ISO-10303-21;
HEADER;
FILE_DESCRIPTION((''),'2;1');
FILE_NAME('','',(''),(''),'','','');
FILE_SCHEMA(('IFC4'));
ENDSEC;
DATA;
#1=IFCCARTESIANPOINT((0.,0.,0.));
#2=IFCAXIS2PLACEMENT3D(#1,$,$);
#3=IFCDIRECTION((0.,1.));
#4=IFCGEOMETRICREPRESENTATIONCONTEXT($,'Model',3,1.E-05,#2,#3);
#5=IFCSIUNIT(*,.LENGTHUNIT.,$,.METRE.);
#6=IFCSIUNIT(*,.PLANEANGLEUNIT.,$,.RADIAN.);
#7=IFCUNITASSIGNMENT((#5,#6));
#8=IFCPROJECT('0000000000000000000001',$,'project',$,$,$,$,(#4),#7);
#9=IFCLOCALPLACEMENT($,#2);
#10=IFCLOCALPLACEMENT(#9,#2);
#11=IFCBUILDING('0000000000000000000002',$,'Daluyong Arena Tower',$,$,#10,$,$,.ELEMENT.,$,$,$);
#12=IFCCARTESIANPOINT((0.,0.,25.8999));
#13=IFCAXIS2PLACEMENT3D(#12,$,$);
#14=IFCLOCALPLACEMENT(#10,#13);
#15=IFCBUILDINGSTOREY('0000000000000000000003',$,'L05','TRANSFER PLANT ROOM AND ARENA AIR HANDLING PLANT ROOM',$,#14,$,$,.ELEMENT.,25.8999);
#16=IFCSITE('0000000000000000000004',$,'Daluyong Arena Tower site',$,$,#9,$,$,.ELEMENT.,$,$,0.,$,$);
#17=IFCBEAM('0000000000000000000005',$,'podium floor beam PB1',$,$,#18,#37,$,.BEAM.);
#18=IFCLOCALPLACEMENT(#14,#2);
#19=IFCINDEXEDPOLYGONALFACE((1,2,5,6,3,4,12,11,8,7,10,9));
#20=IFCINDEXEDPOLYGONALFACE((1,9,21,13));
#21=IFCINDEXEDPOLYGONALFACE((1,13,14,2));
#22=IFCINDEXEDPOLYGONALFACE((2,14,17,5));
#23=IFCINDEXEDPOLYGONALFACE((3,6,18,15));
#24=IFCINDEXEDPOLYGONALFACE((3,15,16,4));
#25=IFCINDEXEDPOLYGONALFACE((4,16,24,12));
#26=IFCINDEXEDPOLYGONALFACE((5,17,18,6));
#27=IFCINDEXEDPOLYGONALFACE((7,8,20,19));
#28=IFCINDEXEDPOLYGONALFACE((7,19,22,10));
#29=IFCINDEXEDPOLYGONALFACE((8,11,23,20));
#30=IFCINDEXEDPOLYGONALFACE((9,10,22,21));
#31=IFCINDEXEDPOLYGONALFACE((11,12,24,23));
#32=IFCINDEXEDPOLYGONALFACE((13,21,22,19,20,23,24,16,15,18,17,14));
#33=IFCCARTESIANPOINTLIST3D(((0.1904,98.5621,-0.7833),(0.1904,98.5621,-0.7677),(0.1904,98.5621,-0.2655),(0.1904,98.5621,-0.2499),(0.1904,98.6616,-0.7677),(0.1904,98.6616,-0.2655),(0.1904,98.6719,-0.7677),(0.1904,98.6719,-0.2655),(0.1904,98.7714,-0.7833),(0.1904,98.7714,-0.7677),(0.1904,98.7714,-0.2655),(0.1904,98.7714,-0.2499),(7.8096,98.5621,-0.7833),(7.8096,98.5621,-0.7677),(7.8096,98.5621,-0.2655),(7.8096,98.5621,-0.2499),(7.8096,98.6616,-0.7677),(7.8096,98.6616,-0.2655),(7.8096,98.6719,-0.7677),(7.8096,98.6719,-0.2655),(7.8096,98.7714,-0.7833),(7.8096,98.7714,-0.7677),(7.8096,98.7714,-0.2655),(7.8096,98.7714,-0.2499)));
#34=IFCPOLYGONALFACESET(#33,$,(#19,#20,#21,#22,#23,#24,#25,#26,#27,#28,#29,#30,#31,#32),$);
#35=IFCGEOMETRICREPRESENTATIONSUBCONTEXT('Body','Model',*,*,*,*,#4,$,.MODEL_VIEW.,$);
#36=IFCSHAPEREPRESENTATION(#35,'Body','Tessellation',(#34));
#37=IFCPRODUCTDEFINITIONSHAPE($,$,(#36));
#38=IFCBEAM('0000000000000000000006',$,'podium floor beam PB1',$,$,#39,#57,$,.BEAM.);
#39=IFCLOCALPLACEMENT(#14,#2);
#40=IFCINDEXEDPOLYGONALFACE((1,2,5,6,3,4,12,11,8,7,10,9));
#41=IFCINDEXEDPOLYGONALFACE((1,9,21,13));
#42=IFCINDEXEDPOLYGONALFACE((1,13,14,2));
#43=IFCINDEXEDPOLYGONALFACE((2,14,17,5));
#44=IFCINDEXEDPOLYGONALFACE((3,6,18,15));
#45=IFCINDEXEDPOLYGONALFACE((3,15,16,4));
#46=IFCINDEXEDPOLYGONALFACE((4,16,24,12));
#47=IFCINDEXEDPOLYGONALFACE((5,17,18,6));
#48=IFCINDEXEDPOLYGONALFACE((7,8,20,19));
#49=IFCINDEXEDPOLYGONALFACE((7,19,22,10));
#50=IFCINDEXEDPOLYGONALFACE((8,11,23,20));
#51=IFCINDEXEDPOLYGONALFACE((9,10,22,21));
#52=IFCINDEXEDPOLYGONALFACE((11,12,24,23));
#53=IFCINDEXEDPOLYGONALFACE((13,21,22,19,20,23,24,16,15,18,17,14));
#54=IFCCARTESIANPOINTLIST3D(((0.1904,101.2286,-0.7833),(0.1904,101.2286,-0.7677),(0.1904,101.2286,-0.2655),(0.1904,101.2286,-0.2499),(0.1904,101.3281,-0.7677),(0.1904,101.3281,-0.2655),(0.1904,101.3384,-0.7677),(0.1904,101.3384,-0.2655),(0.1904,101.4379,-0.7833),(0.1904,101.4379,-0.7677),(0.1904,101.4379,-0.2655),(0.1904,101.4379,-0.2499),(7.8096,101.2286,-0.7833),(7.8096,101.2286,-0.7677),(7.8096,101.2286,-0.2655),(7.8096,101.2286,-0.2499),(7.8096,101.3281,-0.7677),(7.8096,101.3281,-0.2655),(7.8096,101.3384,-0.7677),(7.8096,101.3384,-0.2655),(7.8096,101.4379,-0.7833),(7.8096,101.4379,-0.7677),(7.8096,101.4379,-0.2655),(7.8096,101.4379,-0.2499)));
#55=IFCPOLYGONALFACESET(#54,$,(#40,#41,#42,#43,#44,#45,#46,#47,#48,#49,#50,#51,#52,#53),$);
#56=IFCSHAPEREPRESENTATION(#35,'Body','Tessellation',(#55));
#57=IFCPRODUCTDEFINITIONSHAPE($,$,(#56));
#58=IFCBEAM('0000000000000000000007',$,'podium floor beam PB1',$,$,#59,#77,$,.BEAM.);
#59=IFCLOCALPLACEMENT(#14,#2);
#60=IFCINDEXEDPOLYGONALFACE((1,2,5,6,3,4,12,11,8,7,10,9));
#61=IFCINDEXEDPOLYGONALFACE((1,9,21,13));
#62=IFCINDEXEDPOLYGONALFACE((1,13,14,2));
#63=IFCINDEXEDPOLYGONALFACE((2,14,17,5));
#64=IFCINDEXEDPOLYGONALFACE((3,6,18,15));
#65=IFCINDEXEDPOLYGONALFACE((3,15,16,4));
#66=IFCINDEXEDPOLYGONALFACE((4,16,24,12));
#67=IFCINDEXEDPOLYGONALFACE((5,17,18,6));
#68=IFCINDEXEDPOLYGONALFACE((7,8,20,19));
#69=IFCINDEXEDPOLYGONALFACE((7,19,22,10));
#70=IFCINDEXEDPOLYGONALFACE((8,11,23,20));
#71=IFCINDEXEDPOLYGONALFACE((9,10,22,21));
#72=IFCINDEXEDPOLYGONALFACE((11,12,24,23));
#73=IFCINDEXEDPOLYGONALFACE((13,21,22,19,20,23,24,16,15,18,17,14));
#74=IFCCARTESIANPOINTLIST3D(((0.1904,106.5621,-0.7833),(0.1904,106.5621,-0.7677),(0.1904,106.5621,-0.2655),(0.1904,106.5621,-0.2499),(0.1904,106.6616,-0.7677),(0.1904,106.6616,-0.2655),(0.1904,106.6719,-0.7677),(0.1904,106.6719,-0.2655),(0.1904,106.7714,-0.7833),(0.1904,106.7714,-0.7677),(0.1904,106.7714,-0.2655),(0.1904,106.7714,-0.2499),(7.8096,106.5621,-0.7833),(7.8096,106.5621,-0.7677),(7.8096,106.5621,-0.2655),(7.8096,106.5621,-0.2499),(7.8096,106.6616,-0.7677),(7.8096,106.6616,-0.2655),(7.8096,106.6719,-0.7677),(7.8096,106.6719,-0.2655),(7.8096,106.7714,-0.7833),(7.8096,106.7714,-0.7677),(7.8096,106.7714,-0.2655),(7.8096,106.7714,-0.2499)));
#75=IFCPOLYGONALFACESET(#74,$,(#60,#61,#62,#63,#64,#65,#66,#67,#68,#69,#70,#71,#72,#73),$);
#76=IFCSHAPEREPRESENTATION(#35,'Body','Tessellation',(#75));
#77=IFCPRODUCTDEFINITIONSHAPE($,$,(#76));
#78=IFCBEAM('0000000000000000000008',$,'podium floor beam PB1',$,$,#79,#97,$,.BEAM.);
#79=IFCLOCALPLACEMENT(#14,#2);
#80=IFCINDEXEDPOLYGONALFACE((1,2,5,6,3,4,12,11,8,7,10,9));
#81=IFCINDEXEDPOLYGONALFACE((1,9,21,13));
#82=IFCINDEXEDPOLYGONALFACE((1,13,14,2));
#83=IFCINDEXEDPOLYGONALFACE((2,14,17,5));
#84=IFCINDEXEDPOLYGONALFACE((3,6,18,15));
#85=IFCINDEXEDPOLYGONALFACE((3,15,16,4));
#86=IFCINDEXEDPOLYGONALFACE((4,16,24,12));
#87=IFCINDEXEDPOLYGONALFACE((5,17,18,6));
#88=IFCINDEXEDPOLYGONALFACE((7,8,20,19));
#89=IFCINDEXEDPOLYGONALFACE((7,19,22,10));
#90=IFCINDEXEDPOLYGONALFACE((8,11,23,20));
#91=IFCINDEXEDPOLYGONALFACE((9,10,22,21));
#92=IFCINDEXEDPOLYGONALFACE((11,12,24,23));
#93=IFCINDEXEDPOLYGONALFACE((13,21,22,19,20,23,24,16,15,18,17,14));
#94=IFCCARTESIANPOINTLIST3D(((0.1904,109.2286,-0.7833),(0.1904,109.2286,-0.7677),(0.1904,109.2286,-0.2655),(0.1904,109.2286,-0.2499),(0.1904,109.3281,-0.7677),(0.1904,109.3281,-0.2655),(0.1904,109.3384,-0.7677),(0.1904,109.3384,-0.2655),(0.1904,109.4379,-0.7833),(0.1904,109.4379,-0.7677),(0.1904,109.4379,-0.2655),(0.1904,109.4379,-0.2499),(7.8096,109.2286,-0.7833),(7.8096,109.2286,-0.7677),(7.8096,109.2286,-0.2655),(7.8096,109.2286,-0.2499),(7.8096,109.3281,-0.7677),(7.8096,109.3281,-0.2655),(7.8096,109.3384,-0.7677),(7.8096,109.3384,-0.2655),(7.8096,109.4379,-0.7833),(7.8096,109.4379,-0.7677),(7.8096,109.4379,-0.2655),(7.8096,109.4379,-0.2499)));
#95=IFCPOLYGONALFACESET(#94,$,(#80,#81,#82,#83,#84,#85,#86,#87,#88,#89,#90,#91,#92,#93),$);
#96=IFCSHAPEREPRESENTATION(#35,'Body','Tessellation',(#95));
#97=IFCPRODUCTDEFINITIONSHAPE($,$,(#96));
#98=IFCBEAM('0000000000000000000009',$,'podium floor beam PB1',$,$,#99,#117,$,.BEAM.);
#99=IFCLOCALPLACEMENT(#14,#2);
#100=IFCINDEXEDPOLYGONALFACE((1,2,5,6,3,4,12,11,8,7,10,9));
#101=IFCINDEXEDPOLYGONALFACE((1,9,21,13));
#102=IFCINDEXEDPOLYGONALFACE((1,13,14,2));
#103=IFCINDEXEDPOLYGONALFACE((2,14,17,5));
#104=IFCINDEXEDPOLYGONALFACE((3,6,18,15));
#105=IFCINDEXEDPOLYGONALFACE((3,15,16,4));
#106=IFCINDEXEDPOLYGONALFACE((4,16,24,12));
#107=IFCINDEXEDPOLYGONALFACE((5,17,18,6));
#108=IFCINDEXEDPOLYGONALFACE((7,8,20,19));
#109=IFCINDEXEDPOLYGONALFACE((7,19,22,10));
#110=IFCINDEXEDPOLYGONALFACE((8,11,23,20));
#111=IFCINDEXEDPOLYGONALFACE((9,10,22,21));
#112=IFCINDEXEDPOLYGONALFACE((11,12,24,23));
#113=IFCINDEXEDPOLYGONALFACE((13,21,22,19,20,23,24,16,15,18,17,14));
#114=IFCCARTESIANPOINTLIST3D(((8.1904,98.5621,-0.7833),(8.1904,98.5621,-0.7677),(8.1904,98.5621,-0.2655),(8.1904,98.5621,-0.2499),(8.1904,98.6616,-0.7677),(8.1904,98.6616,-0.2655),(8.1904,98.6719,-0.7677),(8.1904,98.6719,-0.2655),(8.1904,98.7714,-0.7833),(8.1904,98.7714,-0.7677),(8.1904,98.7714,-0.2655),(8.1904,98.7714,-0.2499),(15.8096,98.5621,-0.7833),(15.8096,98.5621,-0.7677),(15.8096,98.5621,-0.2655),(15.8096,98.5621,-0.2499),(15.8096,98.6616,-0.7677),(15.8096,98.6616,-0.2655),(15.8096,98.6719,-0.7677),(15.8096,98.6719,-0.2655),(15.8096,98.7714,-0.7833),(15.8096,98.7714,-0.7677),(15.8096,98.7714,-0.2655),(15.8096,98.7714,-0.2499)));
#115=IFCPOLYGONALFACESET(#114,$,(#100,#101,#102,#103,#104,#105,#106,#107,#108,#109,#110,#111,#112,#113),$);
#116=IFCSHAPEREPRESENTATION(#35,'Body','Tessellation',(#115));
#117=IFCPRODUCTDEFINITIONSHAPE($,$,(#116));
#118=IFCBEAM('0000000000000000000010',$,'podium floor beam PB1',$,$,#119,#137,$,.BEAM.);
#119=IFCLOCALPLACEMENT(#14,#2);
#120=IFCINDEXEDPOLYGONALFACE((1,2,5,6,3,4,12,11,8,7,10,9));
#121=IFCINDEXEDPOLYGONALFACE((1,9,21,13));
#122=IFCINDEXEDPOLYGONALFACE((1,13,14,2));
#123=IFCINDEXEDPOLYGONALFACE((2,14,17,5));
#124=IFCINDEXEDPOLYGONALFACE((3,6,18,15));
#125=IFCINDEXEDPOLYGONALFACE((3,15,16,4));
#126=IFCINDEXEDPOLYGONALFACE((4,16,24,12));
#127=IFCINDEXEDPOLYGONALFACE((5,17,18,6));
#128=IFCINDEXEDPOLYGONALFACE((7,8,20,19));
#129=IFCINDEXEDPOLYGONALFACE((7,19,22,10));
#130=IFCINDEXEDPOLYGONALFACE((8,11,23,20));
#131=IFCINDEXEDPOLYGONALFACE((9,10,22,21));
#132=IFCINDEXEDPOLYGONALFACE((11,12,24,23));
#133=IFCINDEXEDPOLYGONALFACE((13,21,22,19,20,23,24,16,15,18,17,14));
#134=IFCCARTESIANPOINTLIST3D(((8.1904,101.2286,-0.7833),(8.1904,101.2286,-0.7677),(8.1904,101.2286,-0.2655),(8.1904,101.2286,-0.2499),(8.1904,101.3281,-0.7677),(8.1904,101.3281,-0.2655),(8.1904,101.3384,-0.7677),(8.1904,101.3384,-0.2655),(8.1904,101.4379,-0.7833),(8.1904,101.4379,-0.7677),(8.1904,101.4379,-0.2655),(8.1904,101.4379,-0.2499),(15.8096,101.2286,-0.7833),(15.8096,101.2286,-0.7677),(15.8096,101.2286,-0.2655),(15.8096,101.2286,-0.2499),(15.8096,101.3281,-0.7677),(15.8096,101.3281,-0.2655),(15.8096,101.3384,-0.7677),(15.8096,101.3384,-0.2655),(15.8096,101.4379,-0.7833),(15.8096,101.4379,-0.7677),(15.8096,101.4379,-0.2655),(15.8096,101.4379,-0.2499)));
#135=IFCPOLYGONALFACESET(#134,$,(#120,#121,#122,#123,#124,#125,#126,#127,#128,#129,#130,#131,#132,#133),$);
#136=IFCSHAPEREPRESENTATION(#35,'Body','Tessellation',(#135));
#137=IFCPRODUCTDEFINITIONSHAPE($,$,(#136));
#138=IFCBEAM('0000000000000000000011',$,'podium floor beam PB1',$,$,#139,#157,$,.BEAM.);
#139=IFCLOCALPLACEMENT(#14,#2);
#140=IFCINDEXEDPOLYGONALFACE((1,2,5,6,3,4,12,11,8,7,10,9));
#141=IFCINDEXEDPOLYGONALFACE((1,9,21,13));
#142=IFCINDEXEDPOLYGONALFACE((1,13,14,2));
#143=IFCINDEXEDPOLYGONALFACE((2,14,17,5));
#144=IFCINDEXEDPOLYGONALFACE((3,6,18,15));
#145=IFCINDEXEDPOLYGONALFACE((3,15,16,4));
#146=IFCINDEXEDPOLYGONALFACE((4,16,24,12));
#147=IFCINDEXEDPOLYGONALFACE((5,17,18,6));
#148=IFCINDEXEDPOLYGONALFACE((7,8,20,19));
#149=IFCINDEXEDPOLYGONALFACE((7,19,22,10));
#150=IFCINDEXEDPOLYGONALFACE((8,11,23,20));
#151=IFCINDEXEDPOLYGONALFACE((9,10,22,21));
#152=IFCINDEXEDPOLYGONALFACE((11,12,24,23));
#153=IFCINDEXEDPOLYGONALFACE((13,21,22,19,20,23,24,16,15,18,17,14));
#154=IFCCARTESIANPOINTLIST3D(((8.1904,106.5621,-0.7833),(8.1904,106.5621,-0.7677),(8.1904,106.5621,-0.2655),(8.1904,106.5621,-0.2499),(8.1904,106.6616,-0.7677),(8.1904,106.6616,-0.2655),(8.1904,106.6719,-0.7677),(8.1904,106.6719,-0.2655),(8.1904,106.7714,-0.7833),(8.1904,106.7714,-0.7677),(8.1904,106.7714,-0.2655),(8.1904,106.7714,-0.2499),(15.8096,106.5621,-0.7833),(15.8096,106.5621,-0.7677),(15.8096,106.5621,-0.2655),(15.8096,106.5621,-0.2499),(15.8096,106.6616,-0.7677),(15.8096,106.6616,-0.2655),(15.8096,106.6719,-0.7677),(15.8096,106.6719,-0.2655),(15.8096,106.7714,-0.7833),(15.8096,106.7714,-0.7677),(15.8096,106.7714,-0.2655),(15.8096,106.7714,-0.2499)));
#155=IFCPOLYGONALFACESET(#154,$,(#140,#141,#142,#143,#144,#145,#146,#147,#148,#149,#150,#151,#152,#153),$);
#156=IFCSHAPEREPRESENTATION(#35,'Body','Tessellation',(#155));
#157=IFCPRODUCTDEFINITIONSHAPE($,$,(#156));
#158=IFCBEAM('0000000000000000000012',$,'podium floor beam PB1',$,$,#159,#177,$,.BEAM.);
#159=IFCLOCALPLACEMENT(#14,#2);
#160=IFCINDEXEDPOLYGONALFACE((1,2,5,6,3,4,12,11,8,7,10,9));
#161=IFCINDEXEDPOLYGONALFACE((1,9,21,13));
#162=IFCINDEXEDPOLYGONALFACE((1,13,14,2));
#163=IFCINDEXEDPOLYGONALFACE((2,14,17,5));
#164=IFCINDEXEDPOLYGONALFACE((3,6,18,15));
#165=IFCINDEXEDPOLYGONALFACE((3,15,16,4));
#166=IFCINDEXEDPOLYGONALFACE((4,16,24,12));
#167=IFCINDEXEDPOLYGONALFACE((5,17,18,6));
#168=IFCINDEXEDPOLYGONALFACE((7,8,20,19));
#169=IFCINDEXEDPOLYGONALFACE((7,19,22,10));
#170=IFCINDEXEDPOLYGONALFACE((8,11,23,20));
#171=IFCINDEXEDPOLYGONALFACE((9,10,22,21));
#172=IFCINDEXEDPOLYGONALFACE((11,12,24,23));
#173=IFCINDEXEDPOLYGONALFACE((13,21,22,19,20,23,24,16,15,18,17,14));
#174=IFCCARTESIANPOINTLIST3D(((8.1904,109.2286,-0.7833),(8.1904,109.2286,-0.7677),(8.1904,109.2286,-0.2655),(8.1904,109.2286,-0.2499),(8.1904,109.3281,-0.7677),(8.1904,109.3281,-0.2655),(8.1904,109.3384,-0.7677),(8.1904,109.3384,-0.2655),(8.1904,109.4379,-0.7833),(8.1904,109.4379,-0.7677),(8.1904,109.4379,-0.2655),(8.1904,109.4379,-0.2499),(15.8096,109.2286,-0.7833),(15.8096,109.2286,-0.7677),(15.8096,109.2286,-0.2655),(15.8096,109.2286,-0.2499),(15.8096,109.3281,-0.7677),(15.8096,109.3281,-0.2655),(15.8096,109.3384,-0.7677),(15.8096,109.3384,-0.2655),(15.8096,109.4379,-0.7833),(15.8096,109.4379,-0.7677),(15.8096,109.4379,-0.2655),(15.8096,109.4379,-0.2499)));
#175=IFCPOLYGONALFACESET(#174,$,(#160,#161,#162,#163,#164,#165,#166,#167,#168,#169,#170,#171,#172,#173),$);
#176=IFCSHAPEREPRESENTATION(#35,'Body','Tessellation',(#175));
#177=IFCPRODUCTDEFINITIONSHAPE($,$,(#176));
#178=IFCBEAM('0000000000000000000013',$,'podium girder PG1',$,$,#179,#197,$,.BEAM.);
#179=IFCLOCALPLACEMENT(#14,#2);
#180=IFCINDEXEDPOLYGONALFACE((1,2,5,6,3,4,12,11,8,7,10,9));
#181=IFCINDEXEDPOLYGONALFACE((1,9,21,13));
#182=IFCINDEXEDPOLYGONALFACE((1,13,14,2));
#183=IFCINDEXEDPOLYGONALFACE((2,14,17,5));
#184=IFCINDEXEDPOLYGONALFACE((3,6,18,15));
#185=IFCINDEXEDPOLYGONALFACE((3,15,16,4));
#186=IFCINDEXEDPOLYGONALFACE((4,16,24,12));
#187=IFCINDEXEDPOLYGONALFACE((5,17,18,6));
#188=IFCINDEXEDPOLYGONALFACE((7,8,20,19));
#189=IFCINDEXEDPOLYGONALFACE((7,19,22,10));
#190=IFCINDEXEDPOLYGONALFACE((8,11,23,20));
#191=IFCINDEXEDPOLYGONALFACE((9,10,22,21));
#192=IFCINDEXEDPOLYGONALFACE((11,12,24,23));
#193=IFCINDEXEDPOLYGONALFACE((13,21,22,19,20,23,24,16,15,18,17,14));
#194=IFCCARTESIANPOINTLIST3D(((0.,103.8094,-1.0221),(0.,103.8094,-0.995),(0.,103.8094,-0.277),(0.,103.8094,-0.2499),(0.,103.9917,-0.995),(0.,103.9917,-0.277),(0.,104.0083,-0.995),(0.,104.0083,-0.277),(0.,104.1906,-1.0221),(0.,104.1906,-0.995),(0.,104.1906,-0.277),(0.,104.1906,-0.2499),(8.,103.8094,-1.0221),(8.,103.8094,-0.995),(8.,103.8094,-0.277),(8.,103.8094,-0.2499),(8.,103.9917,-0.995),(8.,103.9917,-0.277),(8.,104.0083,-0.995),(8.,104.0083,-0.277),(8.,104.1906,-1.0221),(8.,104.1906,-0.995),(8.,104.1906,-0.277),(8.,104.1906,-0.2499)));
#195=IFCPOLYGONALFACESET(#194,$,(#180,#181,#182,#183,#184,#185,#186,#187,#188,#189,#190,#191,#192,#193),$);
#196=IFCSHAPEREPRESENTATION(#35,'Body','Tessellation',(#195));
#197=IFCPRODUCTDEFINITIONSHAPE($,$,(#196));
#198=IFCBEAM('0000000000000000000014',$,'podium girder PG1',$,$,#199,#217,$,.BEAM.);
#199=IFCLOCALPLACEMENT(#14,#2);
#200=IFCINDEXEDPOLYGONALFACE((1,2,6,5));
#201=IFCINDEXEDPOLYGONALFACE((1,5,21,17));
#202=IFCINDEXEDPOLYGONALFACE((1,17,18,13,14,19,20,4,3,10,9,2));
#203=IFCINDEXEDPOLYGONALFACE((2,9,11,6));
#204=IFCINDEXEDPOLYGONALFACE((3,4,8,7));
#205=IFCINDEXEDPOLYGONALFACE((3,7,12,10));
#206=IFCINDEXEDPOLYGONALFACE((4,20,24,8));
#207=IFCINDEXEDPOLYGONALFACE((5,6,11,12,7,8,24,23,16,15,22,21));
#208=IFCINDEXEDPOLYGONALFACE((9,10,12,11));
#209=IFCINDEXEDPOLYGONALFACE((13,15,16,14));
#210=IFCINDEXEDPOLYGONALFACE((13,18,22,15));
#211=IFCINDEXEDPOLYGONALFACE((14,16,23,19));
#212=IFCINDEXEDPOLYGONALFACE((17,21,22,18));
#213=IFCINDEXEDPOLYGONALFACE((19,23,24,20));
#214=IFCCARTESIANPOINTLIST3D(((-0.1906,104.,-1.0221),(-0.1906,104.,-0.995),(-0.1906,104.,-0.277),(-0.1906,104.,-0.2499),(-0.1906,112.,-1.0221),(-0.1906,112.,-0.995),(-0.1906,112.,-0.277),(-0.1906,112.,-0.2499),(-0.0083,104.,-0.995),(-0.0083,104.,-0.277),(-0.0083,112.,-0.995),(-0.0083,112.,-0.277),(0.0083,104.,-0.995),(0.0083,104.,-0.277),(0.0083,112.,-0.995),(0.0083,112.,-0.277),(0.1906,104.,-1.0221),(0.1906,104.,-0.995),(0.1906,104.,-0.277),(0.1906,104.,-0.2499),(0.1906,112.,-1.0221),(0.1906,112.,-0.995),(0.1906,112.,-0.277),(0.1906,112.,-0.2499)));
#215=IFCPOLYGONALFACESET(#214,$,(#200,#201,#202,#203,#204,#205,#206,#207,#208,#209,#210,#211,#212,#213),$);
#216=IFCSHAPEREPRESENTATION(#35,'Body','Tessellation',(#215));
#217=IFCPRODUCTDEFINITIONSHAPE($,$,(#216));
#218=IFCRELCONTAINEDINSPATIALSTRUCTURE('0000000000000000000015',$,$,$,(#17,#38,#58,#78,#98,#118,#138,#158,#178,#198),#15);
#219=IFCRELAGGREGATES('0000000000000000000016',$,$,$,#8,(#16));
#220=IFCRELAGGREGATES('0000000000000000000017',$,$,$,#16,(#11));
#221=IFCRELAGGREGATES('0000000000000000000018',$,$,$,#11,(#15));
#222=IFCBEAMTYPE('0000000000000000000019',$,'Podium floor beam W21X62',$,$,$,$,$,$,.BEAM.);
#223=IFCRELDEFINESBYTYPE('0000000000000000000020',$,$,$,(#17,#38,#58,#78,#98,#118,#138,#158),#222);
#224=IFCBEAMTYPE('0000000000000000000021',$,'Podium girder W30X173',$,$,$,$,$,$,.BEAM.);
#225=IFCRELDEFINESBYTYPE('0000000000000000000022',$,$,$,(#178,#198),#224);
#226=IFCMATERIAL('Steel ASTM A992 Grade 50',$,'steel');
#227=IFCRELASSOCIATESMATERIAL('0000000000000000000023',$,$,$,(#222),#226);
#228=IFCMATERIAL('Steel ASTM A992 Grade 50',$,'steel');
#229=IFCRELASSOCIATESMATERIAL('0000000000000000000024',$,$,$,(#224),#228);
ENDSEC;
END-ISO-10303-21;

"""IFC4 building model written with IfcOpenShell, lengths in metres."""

from ifc_helpers import new_model, si_unit, direction, frame, origin, origin_2d, place, context, subcontext, project, spatial, i_section, extrude, material, material_profile, profile_set, type_object, element, save


model = new_model("IFC4")

# Units and contexts
model_context = context("Model", 3, precision=1e-05, world=origin(), true_north=direction((0.0, 1.0)))
body_context = subcontext(model_context, "Body", "Model", "MODEL_VIEW")
ifc_project = project(units=[si_unit("LENGTHUNIT", "METRE"), si_unit("PLANEANGLEUNIT", "RADIAN")], contexts=[model_context])

# Site, building, storey
site_placement = place(None, origin())
site = spatial("IfcSite", under=ifc_project, at=site_placement, Name="Daluyong Arena Tower site", CompositionType="ELEMENT", RefElevation=0.0)
building_placement = place(site_placement, origin())
building = spatial("IfcBuilding", under=site, at=building_placement, Name="Daluyong Arena Tower", CompositionType="ELEMENT")
storey_placement = place(building_placement, frame((0.0, 0.0, 25.8999)))
storey = spatial("IfcBuildingStorey", under=building, at=storey_placement, Name="L05", Description="TRANSFER PLANT ROOM AND ARENA AIR HANDLING PLANT ROOM", CompositionType="ELEMENT", Elevation=25.8999)

# Beams
ifc_material_1 = material(Name="Steel ASTM A992 Grade 50", Category="steel")
ifc_material_profile_1 = material_profile(ifc_material_1, i_section(OverallWidth=0.2092, OverallDepth=0.5334, WebThickness=0.0103, FlangeThickness=0.0156, at=origin_2d()))
ifc_profile_set_1 = profile_set([ifc_material_profile_1], Name="Steel ASTM A992 Grade 50")
beam_type_1 = type_object("IfcBeamType", Name="Podium floor beam W21X62", PredefinedType="BEAM", material=ifc_profile_set_1)
for number, where, z_axis, x_axis, name in (
    (1, (0.1904, 98.6667, -0.5166), (1.0, 0.0, 0.0), (0.0, 1.0, 0.0), "podium floor beam PB1"),
    (2, (0.1904, 101.3333, -0.5166), (1.0, 0.0, 0.0), (0.0, 1.0, 0.0), "podium floor beam PB1"),
    (3, (0.1904, 106.6667, -0.5166), (1.0, 0.0, 0.0), (0.0, 1.0, 0.0), "podium floor beam PB1"),
    (4, (0.1904, 109.3333, -0.5166), (1.0, 0.0, 0.0), (0.0, 1.0, 0.0), "podium floor beam PB1"),
    (5, (8.1904, 98.6667, -0.5166), (1.0, 0.0, 0.0), (0.0, 1.0, 0.0), "podium floor beam PB1"),
    (6, (8.1904, 101.3333, -0.5166), (1.0, 0.0, 0.0), (0.0, 1.0, 0.0), "podium floor beam PB1"),
    (7, (8.1904, 106.6667, -0.5166), (1.0, 0.0, 0.0), (0.0, 1.0, 0.0), "podium floor beam PB1"),
    (8, (8.1904, 109.3333, -0.5166), (1.0, 0.0, 0.0), (0.0, 1.0, 0.0), "podium floor beam PB1"),
):
    element("IfcBeam", number, at=place(storey_placement, frame(where, z_axis=z_axis, x_axis=x_axis)), inside=storey, type_object=beam_type_1, Name=name, PredefinedType="BEAM", context=body_context, shape_type="SweptSolid", body=[
        extrude(i_section(OverallWidth=0.2092, OverallDepth=0.5334, WebThickness=0.0103, FlangeThickness=0.0156, at=origin_2d()), origin(), (0.0, 0.0, 1.0), 7.6191),
    ])
ifc_material_2 = material(Name="Steel ASTM A992 Grade 50", Category="steel")
ifc_material_profile_2 = material_profile(ifc_material_2, i_section(OverallWidth=0.3811, OverallDepth=0.7722, WebThickness=0.0166, FlangeThickness=0.0271, at=origin_2d()))
ifc_profile_set_2 = profile_set([ifc_material_profile_2], Name="Steel ASTM A992 Grade 50")
beam_type_2 = type_object("IfcBeamType", Name="Podium girder W30X173", PredefinedType="BEAM", material=ifc_profile_set_2)
for number, where, z_axis, x_axis, name in (
    (9, (0.0, 104.0, -0.636), (1.0, 0.0, 0.0), (0.0, 1.0, 0.0), "podium girder PG1"),
    (10, (0.0, 104.0, -0.636), (0.0, 1.0, 0.0), (-1.0, 0.0, 0.0), "podium girder PG1"),
):
    element("IfcBeam", number, at=place(storey_placement, frame(where, z_axis=z_axis, x_axis=x_axis)), inside=storey, type_object=beam_type_2, Name=name, PredefinedType="BEAM", context=body_context, shape_type="SweptSolid", body=[
        extrude(i_section(OverallWidth=0.3811, OverallDepth=0.7722, WebThickness=0.0166, FlangeThickness=0.0271, at=origin_2d()), origin(), (0.0, 0.0, 1.0), 8.0),
    ])

save(model, "model.ifc")
